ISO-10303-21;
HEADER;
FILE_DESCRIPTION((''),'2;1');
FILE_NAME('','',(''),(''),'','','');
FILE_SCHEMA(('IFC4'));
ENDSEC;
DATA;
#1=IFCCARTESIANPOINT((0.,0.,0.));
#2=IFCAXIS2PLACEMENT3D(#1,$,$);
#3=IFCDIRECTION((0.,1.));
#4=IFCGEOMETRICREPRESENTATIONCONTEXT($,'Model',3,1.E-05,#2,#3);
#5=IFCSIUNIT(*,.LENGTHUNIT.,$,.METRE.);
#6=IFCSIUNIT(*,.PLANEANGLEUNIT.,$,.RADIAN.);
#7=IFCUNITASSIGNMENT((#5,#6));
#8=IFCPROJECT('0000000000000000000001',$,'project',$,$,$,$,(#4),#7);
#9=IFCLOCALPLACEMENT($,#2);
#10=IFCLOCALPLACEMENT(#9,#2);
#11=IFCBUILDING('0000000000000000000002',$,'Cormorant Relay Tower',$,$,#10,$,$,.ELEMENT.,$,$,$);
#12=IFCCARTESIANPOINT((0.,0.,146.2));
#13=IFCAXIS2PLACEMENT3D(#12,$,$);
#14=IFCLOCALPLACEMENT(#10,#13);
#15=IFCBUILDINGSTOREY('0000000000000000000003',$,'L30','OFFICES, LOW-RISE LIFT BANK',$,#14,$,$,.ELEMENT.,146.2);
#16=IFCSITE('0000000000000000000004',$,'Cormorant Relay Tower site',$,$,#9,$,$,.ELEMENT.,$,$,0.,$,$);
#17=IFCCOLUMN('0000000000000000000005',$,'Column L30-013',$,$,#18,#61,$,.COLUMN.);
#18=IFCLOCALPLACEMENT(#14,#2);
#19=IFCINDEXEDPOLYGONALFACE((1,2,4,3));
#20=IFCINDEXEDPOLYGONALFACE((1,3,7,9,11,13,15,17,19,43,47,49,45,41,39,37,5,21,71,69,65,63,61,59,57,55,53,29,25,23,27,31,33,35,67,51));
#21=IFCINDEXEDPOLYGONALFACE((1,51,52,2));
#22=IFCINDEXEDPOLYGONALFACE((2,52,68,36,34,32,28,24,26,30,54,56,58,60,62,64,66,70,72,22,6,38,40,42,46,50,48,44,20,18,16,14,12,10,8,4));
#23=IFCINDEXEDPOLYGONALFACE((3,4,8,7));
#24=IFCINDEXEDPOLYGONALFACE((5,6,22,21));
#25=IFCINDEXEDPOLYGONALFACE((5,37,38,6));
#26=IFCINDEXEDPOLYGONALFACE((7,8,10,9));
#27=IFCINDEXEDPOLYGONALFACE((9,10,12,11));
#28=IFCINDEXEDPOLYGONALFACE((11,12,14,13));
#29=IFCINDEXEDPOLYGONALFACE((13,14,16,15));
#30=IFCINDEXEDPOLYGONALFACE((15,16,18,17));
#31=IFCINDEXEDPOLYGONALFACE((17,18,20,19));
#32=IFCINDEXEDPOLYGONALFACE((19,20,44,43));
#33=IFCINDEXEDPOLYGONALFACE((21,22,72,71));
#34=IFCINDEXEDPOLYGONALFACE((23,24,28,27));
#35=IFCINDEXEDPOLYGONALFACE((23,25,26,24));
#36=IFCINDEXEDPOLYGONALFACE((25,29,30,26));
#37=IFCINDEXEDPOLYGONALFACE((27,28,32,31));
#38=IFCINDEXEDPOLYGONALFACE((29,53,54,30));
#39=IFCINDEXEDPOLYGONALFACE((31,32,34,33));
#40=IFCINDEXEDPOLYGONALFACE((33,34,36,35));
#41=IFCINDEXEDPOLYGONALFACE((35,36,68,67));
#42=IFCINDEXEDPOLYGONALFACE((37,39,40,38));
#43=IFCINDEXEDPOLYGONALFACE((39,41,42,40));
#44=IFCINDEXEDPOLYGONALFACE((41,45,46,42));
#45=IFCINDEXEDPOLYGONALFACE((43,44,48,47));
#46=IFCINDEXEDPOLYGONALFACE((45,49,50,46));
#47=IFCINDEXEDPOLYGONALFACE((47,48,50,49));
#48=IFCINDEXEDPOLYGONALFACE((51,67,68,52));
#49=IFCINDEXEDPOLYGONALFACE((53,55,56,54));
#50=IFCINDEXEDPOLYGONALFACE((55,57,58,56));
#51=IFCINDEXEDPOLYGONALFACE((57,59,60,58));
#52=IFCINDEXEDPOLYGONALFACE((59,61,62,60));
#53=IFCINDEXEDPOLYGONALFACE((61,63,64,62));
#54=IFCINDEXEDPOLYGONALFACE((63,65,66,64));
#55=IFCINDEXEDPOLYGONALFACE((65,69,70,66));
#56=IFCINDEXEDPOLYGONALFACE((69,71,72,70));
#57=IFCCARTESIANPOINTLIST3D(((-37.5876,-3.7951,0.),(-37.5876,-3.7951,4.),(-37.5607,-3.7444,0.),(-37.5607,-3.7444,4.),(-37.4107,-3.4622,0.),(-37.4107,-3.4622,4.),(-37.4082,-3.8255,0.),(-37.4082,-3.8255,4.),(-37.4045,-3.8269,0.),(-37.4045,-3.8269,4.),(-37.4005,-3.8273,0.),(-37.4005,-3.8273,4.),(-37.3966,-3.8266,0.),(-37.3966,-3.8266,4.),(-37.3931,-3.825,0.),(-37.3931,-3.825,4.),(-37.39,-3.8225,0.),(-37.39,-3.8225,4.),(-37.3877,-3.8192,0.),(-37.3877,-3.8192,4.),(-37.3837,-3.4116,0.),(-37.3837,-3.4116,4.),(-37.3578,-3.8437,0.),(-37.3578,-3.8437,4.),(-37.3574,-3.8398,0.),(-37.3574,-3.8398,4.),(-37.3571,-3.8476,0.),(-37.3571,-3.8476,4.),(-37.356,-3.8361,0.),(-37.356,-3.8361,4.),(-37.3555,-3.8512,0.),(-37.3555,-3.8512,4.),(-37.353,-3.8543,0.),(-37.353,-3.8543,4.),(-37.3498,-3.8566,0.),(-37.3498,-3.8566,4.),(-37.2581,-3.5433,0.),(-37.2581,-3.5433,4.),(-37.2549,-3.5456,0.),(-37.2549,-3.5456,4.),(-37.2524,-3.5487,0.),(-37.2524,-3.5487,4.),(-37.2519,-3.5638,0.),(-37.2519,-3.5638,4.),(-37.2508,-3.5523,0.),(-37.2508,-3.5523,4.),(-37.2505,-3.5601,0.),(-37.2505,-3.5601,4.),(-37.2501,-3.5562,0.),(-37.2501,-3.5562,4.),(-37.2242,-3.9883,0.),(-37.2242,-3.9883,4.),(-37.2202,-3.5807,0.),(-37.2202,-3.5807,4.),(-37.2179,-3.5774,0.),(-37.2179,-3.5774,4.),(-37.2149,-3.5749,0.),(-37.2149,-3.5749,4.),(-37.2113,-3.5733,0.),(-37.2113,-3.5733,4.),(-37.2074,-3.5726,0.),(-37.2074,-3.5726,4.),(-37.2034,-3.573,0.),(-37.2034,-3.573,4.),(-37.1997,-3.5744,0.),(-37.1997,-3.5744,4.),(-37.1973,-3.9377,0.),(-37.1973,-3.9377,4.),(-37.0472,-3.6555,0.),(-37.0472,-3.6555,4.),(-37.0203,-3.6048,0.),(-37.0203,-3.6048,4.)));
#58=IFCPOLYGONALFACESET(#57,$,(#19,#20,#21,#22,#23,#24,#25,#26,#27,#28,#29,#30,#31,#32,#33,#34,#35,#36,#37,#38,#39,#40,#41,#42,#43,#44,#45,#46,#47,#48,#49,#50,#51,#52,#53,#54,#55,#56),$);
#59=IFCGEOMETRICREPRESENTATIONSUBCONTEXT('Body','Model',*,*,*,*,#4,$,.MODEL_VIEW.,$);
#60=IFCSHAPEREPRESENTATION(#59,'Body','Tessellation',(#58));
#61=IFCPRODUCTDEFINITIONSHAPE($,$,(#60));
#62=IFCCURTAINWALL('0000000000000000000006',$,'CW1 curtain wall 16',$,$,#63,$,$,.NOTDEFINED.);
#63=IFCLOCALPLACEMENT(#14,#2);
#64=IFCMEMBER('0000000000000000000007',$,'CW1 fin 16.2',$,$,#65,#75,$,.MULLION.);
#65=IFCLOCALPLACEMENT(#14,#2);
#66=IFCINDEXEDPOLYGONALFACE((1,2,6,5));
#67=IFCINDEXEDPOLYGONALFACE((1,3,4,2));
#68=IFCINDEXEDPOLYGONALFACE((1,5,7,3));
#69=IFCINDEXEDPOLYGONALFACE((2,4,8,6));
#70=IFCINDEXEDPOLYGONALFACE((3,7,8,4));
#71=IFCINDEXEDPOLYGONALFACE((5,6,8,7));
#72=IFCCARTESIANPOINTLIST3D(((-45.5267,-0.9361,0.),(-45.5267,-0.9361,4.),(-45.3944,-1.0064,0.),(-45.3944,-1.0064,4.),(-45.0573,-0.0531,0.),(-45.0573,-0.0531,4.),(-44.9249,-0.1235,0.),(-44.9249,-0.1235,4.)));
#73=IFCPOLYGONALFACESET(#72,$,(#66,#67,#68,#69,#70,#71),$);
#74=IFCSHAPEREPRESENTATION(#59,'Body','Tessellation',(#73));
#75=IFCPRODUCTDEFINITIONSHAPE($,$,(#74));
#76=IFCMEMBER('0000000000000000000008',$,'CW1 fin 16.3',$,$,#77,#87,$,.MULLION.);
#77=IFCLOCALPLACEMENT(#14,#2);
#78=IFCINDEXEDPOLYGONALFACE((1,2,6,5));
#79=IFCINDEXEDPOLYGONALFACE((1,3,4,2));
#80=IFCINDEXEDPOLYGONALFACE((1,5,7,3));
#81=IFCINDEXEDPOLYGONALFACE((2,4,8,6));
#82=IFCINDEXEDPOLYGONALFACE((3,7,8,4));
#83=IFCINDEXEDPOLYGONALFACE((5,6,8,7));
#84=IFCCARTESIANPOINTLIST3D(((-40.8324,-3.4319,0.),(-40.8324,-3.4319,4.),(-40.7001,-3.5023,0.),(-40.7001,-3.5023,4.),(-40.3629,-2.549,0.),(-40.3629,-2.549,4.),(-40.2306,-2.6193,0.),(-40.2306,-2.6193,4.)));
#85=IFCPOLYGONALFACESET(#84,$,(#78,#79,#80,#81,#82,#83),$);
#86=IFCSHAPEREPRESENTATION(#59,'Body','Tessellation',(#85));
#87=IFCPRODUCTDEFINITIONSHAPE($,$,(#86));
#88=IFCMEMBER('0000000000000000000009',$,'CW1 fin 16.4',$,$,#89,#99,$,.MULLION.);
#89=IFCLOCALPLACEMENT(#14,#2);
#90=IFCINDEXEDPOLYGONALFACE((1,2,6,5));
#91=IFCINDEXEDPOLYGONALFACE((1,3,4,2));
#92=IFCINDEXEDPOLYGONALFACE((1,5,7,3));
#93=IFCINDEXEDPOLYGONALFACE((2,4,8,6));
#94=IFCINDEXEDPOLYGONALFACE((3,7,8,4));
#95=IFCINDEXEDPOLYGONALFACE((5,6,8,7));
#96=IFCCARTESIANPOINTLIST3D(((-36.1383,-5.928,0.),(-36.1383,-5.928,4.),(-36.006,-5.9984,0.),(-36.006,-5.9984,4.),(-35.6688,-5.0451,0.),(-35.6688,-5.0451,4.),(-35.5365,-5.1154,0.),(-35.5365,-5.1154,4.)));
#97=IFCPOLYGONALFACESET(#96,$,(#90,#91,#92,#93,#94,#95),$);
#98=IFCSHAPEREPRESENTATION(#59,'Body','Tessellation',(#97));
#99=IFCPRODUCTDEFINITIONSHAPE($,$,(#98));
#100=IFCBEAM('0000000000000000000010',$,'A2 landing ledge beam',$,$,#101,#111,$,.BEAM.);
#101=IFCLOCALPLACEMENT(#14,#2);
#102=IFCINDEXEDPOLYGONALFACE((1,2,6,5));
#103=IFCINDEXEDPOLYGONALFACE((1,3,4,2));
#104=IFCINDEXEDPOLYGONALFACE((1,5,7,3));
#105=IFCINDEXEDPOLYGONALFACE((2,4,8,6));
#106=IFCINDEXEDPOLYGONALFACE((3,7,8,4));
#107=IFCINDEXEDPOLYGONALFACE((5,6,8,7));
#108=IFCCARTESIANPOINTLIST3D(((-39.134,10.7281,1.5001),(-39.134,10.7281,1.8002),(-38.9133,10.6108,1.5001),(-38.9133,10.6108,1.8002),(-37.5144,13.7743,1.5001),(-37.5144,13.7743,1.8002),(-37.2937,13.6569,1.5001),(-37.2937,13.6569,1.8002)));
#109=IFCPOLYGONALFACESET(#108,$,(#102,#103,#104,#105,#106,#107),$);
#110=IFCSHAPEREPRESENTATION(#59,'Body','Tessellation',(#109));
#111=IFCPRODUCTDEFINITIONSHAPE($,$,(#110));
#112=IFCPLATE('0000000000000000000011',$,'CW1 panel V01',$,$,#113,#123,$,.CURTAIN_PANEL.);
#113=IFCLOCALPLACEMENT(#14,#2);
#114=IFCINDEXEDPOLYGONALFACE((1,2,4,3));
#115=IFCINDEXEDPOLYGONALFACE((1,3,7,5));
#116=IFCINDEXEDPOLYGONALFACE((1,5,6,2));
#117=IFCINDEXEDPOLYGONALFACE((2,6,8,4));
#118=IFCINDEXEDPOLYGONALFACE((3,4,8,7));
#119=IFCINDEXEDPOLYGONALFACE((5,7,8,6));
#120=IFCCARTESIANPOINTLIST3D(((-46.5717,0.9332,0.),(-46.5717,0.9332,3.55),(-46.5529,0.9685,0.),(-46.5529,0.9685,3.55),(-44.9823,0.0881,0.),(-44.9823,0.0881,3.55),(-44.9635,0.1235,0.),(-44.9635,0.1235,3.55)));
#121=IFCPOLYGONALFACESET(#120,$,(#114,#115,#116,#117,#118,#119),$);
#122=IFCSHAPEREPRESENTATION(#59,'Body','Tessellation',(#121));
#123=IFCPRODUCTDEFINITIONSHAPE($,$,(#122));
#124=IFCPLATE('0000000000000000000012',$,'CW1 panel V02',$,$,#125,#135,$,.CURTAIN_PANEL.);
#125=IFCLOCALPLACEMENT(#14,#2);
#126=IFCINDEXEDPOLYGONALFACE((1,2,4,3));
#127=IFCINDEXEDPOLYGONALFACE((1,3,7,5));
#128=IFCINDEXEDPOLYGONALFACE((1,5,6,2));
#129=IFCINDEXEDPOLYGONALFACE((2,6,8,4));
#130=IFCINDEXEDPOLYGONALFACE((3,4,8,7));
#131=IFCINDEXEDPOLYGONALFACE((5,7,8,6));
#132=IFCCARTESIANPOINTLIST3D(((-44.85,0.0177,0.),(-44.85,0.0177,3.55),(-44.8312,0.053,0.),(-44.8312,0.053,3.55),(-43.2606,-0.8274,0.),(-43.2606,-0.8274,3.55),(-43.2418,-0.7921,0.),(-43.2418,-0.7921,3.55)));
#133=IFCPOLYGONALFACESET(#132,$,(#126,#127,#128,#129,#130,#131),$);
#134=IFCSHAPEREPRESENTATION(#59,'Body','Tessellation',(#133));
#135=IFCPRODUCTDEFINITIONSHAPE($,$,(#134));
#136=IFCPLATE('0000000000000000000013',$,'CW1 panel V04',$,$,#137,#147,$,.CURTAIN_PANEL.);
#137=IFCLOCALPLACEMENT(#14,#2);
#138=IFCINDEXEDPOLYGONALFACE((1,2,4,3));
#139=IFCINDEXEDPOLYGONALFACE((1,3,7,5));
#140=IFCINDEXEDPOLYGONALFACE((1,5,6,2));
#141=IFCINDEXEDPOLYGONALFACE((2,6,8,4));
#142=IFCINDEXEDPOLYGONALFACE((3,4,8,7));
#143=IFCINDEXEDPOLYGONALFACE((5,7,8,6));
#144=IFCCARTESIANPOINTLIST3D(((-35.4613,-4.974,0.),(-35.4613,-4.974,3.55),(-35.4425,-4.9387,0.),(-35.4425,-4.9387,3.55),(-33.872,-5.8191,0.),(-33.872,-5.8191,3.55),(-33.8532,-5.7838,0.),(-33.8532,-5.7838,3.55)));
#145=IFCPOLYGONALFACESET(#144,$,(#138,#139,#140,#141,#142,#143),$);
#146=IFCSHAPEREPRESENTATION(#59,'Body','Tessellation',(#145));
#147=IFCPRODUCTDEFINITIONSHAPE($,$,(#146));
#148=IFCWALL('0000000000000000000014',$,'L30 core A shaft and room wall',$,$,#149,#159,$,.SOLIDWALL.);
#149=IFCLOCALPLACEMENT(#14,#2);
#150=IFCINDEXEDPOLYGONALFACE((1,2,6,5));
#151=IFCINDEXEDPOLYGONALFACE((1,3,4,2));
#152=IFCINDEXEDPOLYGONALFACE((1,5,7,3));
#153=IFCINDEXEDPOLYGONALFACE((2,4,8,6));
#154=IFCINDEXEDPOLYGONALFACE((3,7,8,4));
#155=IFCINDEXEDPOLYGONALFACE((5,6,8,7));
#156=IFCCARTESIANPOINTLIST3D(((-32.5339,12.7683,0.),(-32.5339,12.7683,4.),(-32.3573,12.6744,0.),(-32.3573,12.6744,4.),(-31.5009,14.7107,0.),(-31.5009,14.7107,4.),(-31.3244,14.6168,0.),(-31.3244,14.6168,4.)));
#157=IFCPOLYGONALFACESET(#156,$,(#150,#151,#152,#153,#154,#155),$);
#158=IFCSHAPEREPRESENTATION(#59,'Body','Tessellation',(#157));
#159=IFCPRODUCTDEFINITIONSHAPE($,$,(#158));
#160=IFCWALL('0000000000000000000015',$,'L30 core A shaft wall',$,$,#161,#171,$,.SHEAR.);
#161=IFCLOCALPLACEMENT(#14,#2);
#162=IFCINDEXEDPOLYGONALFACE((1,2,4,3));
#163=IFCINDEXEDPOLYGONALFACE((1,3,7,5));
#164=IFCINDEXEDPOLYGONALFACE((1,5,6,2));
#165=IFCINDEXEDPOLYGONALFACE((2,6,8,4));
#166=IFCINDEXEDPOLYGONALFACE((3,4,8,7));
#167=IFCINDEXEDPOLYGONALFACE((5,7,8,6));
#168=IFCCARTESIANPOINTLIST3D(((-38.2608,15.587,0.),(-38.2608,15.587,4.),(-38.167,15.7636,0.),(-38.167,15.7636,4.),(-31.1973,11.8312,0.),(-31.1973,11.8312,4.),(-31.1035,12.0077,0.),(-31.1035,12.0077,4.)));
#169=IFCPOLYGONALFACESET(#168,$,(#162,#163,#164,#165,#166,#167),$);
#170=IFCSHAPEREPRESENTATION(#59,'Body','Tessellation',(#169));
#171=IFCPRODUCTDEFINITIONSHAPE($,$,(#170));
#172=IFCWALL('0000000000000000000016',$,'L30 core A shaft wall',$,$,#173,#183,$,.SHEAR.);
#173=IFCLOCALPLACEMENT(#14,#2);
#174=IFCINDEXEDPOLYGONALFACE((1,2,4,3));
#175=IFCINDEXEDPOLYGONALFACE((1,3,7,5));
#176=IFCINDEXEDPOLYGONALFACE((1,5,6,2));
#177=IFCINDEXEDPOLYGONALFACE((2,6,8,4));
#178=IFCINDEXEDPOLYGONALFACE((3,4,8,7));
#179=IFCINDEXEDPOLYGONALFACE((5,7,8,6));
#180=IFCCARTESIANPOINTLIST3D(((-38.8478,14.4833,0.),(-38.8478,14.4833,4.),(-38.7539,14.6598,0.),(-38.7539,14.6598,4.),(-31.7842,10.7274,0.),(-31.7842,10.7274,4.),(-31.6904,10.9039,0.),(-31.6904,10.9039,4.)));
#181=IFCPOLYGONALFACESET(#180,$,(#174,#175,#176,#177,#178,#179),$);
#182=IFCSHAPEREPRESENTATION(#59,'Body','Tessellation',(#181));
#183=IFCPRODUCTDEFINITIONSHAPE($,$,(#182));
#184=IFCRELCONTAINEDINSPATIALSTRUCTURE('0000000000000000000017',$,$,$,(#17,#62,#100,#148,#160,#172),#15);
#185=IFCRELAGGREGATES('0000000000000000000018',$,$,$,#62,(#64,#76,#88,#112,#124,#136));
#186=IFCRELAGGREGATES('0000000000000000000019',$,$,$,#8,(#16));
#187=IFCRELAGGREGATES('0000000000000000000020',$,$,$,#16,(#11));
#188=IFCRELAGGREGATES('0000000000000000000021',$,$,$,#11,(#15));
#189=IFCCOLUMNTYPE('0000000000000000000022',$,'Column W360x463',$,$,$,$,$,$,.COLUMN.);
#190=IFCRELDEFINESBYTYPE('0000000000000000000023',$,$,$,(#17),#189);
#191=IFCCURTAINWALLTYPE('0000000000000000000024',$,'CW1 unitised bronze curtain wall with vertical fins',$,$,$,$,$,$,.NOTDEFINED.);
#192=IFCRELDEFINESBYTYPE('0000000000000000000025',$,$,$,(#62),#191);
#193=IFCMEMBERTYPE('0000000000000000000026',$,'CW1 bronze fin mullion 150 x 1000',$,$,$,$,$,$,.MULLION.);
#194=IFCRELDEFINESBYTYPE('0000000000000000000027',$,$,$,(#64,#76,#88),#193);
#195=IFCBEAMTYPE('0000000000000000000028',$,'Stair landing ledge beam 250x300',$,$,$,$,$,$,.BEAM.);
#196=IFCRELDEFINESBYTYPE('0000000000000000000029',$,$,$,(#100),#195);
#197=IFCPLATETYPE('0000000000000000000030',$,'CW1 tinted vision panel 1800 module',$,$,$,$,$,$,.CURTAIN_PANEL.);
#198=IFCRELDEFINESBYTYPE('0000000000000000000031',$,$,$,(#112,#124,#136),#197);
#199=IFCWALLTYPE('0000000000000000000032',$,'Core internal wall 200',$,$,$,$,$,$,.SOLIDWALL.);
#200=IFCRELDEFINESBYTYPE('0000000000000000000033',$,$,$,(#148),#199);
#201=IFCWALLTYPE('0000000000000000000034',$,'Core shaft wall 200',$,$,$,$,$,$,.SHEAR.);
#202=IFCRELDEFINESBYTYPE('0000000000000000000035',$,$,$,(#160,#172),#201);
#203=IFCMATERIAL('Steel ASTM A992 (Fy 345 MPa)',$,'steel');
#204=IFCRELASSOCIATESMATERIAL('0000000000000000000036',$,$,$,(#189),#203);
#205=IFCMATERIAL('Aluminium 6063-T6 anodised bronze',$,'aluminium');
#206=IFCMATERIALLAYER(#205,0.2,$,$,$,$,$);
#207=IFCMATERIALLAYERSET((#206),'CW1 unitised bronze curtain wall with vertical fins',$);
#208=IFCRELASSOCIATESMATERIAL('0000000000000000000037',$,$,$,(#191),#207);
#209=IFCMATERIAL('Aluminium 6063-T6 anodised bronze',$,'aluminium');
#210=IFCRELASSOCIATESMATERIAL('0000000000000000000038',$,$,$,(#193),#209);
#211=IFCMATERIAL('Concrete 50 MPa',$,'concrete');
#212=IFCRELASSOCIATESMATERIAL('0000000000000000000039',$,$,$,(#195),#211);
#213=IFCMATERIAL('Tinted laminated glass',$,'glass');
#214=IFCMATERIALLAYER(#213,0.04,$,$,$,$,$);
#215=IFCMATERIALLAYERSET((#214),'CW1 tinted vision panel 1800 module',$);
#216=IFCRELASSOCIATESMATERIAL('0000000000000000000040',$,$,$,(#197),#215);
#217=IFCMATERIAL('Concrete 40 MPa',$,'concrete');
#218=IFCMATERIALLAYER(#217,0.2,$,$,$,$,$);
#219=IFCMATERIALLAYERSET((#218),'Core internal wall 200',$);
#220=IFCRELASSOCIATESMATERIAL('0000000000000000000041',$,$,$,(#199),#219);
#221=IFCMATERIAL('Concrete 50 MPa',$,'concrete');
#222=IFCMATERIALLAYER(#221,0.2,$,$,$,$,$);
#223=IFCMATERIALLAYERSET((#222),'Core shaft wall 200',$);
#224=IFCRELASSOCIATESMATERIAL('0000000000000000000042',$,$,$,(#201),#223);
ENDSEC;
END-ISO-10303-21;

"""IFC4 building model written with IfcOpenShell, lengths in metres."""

from ifc_helpers import new_model, si_unit, direction, frame, frame_2d, origin, origin_2d, place, context, subcontext, project, spatial, rectangle, i_section, extrude, material, layer, layer_set, material_profile, profile_set, type_object, element, aggregate, save


model = new_model("IFC4")

# Units and contexts
model_context = context("Model", 3, precision=1e-05, world=origin(), true_north=direction((0.0, 1.0)))
body_context = subcontext(model_context, "Body", "Model", "MODEL_VIEW")
ifc_project = project(units=[si_unit("LENGTHUNIT", "METRE"), si_unit("PLANEANGLEUNIT", "RADIAN")], contexts=[model_context])

# Site, building, storey
site_placement = place(None, origin())
site = spatial("IfcSite", under=ifc_project, at=site_placement, Name="Cormorant Relay Tower site", CompositionType="ELEMENT", RefElevation=0.0)
building_placement = place(site_placement, origin())
building = spatial("IfcBuilding", under=site, at=building_placement, Name="Cormorant Relay Tower", CompositionType="ELEMENT")
storey_placement = place(building_placement, frame((0.0, 0.0, 146.2)))
storey = spatial("IfcBuildingStorey", under=building, at=storey_placement, Name="L30", Description="OFFICES, LOW-RISE LIFT BANK", CompositionType="ELEMENT", Elevation=146.2)

# Column
ifc_material_1 = material(Name="Steel ASTM A992 (Fy 345 MPa)", Category="steel")
ifc_material_profile_1 = material_profile(ifc_material_1, i_section(OverallWidth=0.4116, OverallDepth=0.4343, WebThickness=0.0359, FlangeThickness=0.0574, FilletRadius=0.0151, at=origin_2d()), Name="W360x463")
ifc_profile_set_1 = profile_set([ifc_material_profile_1], Name="Steel ASTM A992 (Fy 345 MPa)")
column_type = type_object("IfcColumnType", Name="Column W360x463", PredefinedType="COLUMN", material=ifc_profile_set_1)
column_placement = place(storey_placement, frame((-37.304, -3.7, 0.0), z_axis=(0.0, 0.0, 1.0), x_axis=(0.882948, -0.469472, 0.0)))
element("IfcColumn", 1, at=column_placement, inside=storey, type_object=column_type, Name="Column L30-013", PredefinedType="COLUMN", context=body_context, shape_type="SweptSolid", body=[
    extrude(i_section(OverallWidth=0.4116, OverallDepth=0.4343, WebThickness=0.0359, FlangeThickness=0.0574, FilletRadius=0.0151, at=origin_2d()), origin(), (0.0, 0.0, 1.0), 4.0),
])

# Curtain wall, members
ifc_material_2 = material(Name="Aluminium 6063-T6 anodised bronze", Category="aluminium")
ifc_layer_1 = layer(ifc_material_2, 0.2)
ifc_layer_set_1 = layer_set([ifc_layer_1], Name="CW1 unitised bronze curtain wall with vertical fins")
curtain_wall_type = type_object("IfcCurtainWallType", Name="CW1 unitised bronze curtain wall with vertical fins", PredefinedType="NOTDEFINED", material=ifc_layer_set_1)
curtain_wall_placement = place(storey_placement, origin())
curtain_wall = element("IfcCurtainWall", 2, at=curtain_wall_placement, inside=storey, type_object=curtain_wall_type, Name="CW1 curtain wall 16", PredefinedType="NOTDEFINED")
ifc_material_3 = material(Name="Aluminium 6063-T6 anodised bronze", Category="aluminium")
ifc_material_profile_2 = material_profile(ifc_material_3, rectangle(XDim=0.1499, YDim=1.0, at=origin_2d()), Name="AL 150x1000")
ifc_profile_set_2 = profile_set([ifc_material_profile_2], Name="Aluminium 6063-T6 anodised bronze")
member_type = type_object("IfcMemberType", Name="CW1 bronze fin mullion 150 x 1000", PredefinedType="MULLION", material=ifc_profile_set_2)
member_1_placement = place(storey_placement, frame((-45.2258, -0.5298, 0.0), z_axis=(0.0, 0.0, 1.0), x_axis=(0.882948, -0.469472, 0.0)))
member_1 = element("IfcMember", 3, at=member_1_placement, type_object=member_type, Name="CW1 fin 16.2", PredefinedType="MULLION", context=body_context, shape_type="SweptSolid", body=[
    extrude(rectangle(XDim=0.1499, YDim=1.0, at=origin_2d()), origin(), (0.0, 0.0, 1.0), 4.0),
])
member_2_placement = place(storey_placement, frame((-40.5315, -3.0256, 0.0), z_axis=(0.0, 0.0, 1.0), x_axis=(0.882948, -0.469472, 0.0)))
member_2 = element("IfcMember", 4, at=member_2_placement, type_object=member_type, Name="CW1 fin 16.3", PredefinedType="MULLION", context=body_context, shape_type="SweptSolid", body=[
    extrude(rectangle(XDim=0.1499, YDim=1.0, at=origin_2d()), origin(), (0.0, 0.0, 1.0), 4.0),
])
member_3_placement = place(storey_placement, frame((-35.8374, -5.5217, 0.0), z_axis=(0.0, 0.0, 1.0), x_axis=(0.882948, -0.469472, 0.0)))
member_3 = element("IfcMember", 5, at=member_3_placement, type_object=member_type, Name="CW1 fin 16.4", PredefinedType="MULLION", context=body_context, shape_type="SweptSolid", body=[
    extrude(rectangle(XDim=0.1499, YDim=1.0, at=origin_2d()), origin(), (0.0, 0.0, 1.0), 4.0),
])

# Beam
ifc_material_4 = material(Name="Concrete 50 MPa", Category="concrete")
ifc_material_profile_3 = material_profile(ifc_material_4, rectangle(XDim=0.25, YDim=0.3, at=origin_2d()), Name="RC 250x300")
ifc_profile_set_3 = profile_set([ifc_material_profile_3], Name="Concrete 50 MPa")
beam_type = type_object("IfcBeamType", Name="Stair landing ledge beam 250x300", PredefinedType="BEAM", material=ifc_profile_set_3)
beam_placement = place(storey_placement, frame((-37.4041, 13.7156, 1.6501), z_axis=(-0.469464, -0.882952, 0.0), x_axis=(0.882952, -0.469464, 0.0)))
element("IfcBeam", 6, at=beam_placement, inside=storey, type_object=beam_type, Name="A2 landing ledge beam", PredefinedType="BEAM", context=body_context, shape_type="SweptSolid", body=[
    extrude(rectangle(XDim=0.25, YDim=0.3, at=origin_2d()), origin(), (0.0, 0.0, 1.0), 3.45),
])

# Plates
ifc_material_5 = material(Name="Tinted laminated glass", Category="glass")
ifc_layer_2 = layer(ifc_material_5, 0.04)
ifc_layer_set_2 = layer_set([ifc_layer_2], Name="CW1 tinted vision panel 1800 module")
plate_type = type_object("IfcPlateType", Name="CW1 tinted vision panel 1800 module", PredefinedType="CURTAIN_PANEL", material=ifc_layer_set_2)
plate_1_placement = place(storey_placement, frame((-45.7676, 0.5283, 0.0), z_axis=(0.0, 0.0, 1.0), x_axis=(0.882948, -0.469472, 0.0)))
plate_1 = element("IfcPlate", 7, at=plate_1_placement, type_object=plate_type, Name="CW1 panel V01", PredefinedType="CURTAIN_PANEL", context=body_context, shape_type="SweptSolid", body=[
    extrude(rectangle(XDim=1.8, YDim=0.04, at=origin_2d()), origin(), (0.0, 0.0, 1.0), 3.55),
])
plate_2_placement = place(storey_placement, frame((-44.0459, -0.3872, 0.0), z_axis=(0.0, 0.0, 1.0), x_axis=(0.882948, -0.469472, 0.0)))
plate_2 = element("IfcPlate", 8, at=plate_2_placement, type_object=plate_type, Name="CW1 panel V02", PredefinedType="CURTAIN_PANEL", context=body_context, shape_type="SweptSolid", body=[
    extrude(rectangle(XDim=1.8, YDim=0.04, at=origin_2d()), origin(), (0.0, 0.0, 1.0), 3.55),
])
plate_3_placement = place(storey_placement, frame((-34.6572, -5.3789, 0.0), z_axis=(0.0, 0.0, 1.0), x_axis=(0.882948, -0.469472, 0.0)))
plate_3 = element("IfcPlate", 9, at=plate_3_placement, type_object=plate_type, Name="CW1 panel V04", PredefinedType="CURTAIN_PANEL", context=body_context, shape_type="SweptSolid", body=[
    extrude(rectangle(XDim=1.8, YDim=0.04, at=origin_2d()), origin(), (0.0, 0.0, 1.0), 3.55),
])

# Walls
ifc_material_6 = material(Name="Concrete 40 MPa", Category="concrete")
ifc_layer_3 = layer(ifc_material_6, 0.2)
ifc_layer_set_3 = layer_set([ifc_layer_3], Name="Core internal wall 200")
wall_type_1 = type_object("IfcWallType", Name="Core internal wall 200", PredefinedType="SOLIDWALL", material=ifc_layer_set_3)
wall_1_placement = place(storey_placement, frame((-31.4126, 14.6638, 0.0), z_axis=(0.0, 0.0, 1.0), x_axis=(-0.469534, -0.882914, 0.0)))
element("IfcWall", 10, at=wall_1_placement, inside=storey, type_object=wall_type_1, Name="L30 core A shaft and room wall", PredefinedType="SOLIDWALL", context=body_context, shape_type="SweptSolid", body=[
    extrude(rectangle(XDim=2.2, YDim=0.2, at=frame_2d((1.1001, 0.0))), origin(), (0.0, 0.0, 1.0), 4.0),
])
ifc_material_7 = material(Name="Concrete 50 MPa", Category="concrete")
ifc_layer_4 = layer(ifc_material_7, 0.2)
ifc_layer_set_4 = layer_set([ifc_layer_4], Name="Core shaft wall 200")
wall_type_2 = type_object("IfcWallType", Name="Core shaft wall 200", PredefinedType="SHEAR", material=ifc_layer_set_4)
for number, where, z_axis, x_axis, name in (
    (11, (-31.1504, 11.9194, 0.0), (0.0, 0.0, 1.0), (-0.88294, 0.469485, 0.0), "L30 core A shaft wall"),
    (12, (-31.7373, 10.8157, 0.0), (0.0, 0.0, 1.0), (-0.88294, 0.469485, 0.0), "L30 core A shaft wall"),
):
    element("IfcWall", number, at=place(storey_placement, frame(where, z_axis=z_axis, x_axis=x_axis)), inside=storey, type_object=wall_type_2, Name=name, PredefinedType="SHEAR", context=body_context, shape_type="SweptSolid", body=[
        extrude(rectangle(XDim=8.0, YDim=0.2, at=frame_2d((4.0, 0.0))), origin(), (0.0, 0.0, 1.0), 4.0),
    ])

aggregate(curtain_wall, [member_1, member_2, member_3, plate_1, plate_2, plate_3])

save(model, "model.ifc")
